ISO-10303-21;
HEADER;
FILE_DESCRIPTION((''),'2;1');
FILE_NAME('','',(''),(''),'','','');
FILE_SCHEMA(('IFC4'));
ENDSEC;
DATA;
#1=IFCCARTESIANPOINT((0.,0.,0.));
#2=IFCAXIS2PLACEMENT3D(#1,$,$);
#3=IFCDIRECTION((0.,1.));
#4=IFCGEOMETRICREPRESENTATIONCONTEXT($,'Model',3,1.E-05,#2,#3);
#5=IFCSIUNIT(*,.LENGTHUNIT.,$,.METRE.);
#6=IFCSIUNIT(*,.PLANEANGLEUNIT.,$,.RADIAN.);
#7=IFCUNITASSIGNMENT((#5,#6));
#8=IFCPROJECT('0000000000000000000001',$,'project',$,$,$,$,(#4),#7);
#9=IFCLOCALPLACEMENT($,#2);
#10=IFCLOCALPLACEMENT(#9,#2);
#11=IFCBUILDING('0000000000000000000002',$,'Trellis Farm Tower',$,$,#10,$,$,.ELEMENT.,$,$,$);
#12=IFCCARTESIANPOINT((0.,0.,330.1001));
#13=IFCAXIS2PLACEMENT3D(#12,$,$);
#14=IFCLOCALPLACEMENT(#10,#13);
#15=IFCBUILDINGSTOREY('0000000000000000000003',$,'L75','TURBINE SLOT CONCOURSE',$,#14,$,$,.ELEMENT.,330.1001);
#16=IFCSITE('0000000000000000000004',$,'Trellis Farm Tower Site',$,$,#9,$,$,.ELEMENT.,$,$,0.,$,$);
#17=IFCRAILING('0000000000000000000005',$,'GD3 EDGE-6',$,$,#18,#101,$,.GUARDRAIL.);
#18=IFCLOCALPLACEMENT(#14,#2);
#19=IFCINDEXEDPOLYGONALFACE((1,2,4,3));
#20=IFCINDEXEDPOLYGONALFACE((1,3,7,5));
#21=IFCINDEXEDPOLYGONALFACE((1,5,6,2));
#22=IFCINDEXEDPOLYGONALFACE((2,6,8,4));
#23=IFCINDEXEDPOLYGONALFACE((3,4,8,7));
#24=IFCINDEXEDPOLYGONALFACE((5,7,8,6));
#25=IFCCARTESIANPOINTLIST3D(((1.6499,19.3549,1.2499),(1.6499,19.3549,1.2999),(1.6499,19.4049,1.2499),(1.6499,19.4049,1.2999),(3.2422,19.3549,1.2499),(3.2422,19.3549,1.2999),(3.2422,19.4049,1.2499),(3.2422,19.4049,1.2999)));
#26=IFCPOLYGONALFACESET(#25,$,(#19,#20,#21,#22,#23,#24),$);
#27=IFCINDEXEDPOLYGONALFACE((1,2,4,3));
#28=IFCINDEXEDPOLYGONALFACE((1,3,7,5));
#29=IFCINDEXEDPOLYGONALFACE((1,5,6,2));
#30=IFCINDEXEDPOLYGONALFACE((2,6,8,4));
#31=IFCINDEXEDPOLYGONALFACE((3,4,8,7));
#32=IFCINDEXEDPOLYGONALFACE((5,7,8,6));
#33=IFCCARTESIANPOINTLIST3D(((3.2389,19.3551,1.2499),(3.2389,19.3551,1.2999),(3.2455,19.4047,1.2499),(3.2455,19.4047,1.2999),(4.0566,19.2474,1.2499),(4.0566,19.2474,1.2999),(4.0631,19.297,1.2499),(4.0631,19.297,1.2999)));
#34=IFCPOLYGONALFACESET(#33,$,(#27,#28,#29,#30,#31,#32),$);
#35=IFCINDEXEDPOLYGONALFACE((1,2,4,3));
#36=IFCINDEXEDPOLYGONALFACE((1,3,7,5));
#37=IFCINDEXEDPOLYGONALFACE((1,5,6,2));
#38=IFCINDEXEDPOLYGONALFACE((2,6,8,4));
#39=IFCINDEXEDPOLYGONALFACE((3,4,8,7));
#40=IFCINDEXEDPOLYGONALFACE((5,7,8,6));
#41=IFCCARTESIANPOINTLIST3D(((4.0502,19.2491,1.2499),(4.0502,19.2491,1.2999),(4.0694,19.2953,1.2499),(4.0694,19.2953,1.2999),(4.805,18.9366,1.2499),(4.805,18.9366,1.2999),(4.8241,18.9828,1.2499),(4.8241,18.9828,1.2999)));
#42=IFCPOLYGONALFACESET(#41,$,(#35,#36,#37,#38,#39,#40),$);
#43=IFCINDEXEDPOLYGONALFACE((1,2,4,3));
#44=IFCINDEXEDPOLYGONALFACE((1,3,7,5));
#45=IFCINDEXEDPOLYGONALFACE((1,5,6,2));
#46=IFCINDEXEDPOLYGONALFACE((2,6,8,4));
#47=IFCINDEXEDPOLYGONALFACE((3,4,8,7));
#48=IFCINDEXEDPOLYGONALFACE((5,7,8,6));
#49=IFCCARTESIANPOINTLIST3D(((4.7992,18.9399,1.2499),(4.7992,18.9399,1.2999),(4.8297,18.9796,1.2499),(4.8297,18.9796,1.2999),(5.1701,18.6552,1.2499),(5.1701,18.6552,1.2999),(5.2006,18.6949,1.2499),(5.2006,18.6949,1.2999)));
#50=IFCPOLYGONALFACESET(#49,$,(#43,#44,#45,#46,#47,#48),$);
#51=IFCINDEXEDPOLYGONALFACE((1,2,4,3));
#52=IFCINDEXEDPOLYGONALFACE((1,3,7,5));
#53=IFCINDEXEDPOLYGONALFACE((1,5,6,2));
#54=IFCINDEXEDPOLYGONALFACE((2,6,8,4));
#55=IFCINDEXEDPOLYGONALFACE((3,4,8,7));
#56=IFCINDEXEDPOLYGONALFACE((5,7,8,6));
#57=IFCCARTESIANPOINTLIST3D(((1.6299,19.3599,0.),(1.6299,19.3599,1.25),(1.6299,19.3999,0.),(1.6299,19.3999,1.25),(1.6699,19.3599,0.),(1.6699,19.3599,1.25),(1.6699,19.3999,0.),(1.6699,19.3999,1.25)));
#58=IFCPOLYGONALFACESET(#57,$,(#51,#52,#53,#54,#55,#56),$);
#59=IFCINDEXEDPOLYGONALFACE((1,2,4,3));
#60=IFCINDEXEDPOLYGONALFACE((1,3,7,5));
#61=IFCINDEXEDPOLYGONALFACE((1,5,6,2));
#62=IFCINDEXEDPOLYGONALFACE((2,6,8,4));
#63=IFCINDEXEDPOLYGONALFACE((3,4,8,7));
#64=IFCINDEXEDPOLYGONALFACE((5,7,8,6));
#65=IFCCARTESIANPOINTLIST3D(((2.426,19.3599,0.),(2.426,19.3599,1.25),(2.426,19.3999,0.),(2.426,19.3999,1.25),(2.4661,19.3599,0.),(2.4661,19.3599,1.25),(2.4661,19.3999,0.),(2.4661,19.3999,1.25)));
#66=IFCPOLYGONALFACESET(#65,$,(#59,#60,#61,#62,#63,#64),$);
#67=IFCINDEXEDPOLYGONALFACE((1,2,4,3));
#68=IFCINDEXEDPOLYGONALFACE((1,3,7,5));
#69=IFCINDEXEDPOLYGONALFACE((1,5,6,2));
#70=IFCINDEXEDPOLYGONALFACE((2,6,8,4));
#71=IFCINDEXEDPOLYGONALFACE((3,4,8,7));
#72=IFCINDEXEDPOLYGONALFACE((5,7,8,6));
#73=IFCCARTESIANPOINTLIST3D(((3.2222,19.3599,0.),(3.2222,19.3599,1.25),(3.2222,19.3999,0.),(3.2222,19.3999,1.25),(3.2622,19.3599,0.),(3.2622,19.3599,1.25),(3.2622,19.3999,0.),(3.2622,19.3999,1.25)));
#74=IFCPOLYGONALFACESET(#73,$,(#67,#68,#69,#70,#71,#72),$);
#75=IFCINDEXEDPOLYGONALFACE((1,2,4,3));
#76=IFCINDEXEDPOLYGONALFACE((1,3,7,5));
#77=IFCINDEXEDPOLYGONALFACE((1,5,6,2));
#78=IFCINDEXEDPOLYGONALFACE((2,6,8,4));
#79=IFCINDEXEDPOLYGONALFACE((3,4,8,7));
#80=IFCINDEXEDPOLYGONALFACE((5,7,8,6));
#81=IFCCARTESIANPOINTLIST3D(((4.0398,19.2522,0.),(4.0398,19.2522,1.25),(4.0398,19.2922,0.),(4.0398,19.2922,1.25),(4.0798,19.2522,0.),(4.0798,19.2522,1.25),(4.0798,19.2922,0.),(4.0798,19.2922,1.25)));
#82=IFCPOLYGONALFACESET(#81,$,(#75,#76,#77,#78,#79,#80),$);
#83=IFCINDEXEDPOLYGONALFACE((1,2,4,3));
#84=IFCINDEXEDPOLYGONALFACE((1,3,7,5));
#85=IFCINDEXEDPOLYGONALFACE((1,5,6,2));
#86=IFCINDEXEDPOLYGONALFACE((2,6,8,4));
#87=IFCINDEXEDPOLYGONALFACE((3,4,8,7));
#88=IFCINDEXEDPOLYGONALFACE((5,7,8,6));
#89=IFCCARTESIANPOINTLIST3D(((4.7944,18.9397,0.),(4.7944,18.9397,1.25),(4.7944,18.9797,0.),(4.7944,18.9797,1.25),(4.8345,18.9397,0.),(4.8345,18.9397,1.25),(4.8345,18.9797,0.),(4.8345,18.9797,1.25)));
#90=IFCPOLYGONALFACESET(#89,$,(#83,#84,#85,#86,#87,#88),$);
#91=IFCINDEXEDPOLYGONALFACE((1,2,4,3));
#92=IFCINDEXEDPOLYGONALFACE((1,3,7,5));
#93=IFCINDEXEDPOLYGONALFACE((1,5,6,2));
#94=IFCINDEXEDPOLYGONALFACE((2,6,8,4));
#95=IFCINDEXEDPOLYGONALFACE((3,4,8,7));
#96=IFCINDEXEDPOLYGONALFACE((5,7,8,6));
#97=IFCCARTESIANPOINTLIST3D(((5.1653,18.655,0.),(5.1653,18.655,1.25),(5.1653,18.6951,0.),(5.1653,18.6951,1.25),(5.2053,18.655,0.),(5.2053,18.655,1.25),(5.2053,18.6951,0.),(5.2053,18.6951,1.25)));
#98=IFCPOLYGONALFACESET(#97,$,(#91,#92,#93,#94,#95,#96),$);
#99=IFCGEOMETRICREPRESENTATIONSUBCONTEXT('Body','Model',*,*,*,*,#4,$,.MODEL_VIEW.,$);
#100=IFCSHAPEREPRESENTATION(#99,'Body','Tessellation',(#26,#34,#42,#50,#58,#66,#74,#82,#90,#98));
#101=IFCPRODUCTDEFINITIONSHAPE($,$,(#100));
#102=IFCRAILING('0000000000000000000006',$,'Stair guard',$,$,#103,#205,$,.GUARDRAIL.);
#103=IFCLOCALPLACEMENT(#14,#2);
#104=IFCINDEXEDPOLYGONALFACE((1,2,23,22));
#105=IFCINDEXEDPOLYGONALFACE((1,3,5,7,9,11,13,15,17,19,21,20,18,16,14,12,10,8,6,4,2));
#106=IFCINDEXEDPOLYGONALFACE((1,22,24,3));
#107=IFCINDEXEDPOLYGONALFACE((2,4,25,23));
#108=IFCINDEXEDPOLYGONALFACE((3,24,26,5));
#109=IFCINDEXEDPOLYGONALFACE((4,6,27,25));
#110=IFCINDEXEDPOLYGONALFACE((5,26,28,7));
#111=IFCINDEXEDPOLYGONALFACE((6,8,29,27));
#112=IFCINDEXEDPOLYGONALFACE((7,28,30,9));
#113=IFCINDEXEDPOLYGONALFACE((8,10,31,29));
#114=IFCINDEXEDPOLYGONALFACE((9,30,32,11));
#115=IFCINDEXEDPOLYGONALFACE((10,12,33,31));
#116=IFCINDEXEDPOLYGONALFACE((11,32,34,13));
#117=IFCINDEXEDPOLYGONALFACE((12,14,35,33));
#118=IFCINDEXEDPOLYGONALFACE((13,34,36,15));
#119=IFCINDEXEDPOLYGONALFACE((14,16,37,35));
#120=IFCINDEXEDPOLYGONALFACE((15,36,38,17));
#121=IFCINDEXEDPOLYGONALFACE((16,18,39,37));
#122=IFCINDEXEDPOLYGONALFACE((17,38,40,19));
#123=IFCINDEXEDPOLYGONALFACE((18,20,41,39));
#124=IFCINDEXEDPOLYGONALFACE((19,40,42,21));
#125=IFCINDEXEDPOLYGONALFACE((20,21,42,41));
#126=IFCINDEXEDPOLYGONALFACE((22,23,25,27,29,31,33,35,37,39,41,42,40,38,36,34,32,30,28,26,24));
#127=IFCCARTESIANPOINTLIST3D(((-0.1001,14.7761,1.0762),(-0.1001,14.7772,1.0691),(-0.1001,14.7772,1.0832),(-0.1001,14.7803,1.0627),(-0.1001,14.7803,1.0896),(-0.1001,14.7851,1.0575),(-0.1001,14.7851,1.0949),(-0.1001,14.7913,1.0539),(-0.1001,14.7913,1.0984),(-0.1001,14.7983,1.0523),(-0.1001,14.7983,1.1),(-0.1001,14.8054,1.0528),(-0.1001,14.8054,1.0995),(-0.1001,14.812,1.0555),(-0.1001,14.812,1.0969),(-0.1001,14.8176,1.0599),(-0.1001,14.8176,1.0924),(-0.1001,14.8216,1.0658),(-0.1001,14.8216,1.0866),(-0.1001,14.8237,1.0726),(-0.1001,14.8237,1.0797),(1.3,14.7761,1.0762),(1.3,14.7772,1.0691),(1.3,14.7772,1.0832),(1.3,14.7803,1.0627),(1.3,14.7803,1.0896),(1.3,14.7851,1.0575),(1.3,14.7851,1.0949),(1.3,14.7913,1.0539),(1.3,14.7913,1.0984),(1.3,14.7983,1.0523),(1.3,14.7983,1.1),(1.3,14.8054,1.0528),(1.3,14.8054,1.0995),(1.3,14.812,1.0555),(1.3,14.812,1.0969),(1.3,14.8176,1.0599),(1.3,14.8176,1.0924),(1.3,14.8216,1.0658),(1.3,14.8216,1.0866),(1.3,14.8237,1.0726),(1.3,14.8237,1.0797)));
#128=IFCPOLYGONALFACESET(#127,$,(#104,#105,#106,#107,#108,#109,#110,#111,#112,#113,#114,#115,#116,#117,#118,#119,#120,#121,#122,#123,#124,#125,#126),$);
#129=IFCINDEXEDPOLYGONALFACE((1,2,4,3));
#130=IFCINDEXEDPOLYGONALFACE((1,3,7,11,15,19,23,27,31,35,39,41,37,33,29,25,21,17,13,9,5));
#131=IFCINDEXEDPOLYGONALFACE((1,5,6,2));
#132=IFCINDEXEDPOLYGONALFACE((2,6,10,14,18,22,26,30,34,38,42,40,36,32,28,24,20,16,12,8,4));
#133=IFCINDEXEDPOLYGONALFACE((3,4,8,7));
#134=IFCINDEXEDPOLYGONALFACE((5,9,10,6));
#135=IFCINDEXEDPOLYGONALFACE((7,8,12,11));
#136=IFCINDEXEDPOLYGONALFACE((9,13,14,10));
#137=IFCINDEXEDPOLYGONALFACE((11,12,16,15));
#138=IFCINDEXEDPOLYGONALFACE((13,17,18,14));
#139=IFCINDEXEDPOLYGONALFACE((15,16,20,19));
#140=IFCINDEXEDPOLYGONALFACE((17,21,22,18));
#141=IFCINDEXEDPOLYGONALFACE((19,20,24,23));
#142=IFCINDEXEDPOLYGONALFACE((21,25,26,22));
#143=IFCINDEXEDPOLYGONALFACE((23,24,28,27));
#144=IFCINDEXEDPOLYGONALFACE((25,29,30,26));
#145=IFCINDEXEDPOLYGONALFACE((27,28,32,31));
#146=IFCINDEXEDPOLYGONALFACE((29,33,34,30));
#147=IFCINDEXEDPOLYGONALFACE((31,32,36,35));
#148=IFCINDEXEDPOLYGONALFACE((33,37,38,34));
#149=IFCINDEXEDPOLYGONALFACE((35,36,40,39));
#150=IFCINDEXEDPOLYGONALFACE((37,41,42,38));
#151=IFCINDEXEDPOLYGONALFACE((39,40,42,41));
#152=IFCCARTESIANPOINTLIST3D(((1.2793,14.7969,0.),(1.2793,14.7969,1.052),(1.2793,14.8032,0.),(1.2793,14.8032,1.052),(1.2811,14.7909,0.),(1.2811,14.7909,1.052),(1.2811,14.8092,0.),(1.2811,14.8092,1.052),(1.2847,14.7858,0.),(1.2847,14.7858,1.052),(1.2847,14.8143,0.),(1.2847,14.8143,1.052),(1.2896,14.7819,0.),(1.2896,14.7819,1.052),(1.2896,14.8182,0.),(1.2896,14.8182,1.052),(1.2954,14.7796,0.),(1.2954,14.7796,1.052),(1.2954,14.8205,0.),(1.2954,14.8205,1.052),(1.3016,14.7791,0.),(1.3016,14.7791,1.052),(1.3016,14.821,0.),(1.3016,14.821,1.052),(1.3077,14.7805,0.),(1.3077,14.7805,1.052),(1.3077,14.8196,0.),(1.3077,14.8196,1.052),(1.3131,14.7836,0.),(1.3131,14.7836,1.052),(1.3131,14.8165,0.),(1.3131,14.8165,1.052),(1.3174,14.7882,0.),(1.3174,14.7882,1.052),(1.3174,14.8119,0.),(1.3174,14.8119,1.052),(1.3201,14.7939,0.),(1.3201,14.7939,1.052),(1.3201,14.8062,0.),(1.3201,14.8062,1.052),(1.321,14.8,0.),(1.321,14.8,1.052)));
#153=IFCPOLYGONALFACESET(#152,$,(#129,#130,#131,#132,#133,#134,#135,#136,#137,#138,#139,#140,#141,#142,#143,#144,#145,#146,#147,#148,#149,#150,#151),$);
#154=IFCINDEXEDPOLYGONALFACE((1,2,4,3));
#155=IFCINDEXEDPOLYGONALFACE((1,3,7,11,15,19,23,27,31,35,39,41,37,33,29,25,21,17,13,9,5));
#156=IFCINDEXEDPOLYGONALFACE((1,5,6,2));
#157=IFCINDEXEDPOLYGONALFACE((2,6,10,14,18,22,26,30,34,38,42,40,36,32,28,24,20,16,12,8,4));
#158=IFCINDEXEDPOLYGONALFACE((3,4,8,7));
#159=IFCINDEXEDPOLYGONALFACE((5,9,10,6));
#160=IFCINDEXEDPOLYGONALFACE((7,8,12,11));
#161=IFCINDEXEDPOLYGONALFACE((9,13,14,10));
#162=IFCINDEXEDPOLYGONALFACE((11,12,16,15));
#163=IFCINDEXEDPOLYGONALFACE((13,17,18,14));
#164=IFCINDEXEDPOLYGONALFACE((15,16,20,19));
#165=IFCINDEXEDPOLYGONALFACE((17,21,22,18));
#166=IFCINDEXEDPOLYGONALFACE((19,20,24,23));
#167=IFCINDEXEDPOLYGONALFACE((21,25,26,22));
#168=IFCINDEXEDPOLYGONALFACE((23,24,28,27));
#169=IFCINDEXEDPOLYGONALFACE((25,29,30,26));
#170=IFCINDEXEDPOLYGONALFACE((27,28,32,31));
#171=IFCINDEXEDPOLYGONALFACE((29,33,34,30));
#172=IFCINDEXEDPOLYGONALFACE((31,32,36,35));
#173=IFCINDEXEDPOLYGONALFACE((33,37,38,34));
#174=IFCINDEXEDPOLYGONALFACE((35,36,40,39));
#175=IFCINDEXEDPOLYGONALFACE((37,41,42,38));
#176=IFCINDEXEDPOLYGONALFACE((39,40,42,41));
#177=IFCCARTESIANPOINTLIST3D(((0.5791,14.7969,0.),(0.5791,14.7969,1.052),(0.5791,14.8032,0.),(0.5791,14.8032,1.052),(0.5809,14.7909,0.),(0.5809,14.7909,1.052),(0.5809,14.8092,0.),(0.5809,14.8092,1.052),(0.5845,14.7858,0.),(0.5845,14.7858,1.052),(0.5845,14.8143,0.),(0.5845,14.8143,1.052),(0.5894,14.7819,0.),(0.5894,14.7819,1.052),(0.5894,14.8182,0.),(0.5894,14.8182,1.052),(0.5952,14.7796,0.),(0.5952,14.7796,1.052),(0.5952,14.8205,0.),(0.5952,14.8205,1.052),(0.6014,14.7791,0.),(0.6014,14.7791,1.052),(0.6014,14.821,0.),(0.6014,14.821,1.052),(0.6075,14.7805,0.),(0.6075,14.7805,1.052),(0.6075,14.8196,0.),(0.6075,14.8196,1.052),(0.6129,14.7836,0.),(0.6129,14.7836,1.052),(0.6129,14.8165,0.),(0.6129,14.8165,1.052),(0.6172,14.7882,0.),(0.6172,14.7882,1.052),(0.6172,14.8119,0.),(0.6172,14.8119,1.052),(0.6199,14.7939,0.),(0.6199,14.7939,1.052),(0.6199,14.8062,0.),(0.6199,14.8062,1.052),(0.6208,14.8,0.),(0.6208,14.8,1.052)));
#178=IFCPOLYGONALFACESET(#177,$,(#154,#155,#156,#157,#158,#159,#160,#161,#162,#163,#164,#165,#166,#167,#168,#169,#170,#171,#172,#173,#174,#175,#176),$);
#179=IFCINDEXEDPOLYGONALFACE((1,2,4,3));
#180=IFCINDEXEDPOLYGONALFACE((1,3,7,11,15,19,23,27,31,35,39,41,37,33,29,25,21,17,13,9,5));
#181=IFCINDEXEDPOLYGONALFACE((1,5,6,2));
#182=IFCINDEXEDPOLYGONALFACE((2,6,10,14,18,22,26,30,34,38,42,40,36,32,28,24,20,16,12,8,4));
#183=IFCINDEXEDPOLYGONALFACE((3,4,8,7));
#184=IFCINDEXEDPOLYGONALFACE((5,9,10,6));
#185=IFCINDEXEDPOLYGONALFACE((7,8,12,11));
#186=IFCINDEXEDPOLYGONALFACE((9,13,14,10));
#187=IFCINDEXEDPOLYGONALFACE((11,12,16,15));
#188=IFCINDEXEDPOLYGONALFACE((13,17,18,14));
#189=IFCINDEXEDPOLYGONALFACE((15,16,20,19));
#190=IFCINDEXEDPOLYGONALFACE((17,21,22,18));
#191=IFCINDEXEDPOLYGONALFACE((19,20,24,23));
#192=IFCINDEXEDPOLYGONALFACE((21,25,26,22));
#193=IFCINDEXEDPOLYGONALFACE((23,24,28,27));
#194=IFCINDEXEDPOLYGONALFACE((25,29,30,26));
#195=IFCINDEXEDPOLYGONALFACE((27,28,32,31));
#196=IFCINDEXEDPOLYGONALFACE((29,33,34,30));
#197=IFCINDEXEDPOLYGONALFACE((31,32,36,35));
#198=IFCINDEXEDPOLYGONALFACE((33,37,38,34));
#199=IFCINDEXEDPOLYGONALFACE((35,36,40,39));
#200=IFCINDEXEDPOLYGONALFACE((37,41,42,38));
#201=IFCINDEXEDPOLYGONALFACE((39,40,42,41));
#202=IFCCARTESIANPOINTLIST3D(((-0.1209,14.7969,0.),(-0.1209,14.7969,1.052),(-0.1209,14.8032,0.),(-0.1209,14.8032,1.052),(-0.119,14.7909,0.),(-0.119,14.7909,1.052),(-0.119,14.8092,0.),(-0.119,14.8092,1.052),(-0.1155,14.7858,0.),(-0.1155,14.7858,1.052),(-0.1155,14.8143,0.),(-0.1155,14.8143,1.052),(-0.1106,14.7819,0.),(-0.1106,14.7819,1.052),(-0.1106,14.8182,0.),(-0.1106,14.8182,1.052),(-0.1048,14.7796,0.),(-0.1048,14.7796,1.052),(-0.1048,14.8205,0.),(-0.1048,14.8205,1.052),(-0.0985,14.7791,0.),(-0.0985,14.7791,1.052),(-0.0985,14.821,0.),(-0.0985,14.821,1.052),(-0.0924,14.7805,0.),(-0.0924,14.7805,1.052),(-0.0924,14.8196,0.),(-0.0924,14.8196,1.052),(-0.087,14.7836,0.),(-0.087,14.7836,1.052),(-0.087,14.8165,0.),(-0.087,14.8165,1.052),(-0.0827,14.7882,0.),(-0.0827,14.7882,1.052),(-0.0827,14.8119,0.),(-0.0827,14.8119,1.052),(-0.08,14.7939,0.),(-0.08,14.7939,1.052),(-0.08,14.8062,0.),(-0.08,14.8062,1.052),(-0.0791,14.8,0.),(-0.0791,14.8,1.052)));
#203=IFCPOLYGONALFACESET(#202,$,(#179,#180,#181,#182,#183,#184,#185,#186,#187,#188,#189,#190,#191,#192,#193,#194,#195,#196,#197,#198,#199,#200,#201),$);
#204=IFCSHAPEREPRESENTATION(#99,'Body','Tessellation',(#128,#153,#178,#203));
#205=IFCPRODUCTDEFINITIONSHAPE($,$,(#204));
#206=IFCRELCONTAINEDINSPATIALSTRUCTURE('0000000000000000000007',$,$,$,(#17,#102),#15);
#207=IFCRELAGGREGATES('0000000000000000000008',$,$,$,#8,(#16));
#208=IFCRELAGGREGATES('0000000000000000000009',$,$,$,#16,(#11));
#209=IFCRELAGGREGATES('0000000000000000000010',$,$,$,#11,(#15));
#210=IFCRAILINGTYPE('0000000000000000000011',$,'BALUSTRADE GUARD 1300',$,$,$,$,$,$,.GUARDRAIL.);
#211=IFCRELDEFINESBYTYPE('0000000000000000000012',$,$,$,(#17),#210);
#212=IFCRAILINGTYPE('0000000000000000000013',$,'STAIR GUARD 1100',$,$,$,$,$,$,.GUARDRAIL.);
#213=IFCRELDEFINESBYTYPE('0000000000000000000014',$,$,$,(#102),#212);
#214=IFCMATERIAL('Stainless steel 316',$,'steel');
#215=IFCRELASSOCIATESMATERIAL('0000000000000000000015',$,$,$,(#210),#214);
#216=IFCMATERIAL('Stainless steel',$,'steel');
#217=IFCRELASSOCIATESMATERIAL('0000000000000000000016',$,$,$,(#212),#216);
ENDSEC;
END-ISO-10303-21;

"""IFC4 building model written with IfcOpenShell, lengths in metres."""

from ifc_helpers import new_model, si_unit, direction, frame, origin, origin_2d, place, context, subcontext, project, spatial, rectangle, circle, extrude, material, type_object, element, save


model = new_model("IFC4")

# Units and contexts
model_context = context("Model", 3, precision=1e-05, world=origin(), true_north=direction((0.0, 1.0)))
body_context = subcontext(model_context, "Body", "Model", "MODEL_VIEW")
ifc_project = project(units=[si_unit("LENGTHUNIT", "METRE"), si_unit("PLANEANGLEUNIT", "RADIAN")], contexts=[model_context])

# Site, building, storey
site_placement = place(None, origin())
site = spatial("IfcSite", under=ifc_project, at=site_placement, Name="Trellis Farm Tower Site", CompositionType="ELEMENT", RefElevation=0.0)
building_placement = place(site_placement, origin())
building = spatial("IfcBuilding", under=site, at=building_placement, Name="Trellis Farm Tower", CompositionType="ELEMENT")
storey_placement = place(building_placement, frame((0.0, 0.0, 330.1001)))
storey = spatial("IfcBuildingStorey", under=building, at=storey_placement, Name="L75", Description="TURBINE SLOT CONCOURSE", CompositionType="ELEMENT", Elevation=330.1001)

# Railings
ifc_material_1 = material(Name="Stainless steel 316", Category="steel")
railing_type_1 = type_object("IfcRailingType", Name="BALUSTRADE GUARD 1300", PredefinedType="GUARDRAIL", material=ifc_material_1)
railing_1_placement = place(storey_placement, frame((1.6499, 19.3799, 0.0)))
element("IfcRailing", 1, at=railing_1_placement, inside=storey, type_object=railing_type_1, Name="GD3 EDGE-6", PredefinedType="GUARDRAIL", context=body_context, shape_type="SweptSolid", body=[
    extrude(rectangle(XDim=0.05, YDim=0.05, at=origin_2d()), frame((0.0, 0.0, 1.2749), z_axis=(1.0, 0.0, 0.0), x_axis=(0.0, 1.0, 0.0)), (0.0, 0.0, 1.0), 1.5923),
    extrude(rectangle(XDim=0.05, YDim=0.05, at=origin_2d()), frame((1.5923, 0.0, 1.2749), z_axis=(0.991441, -0.130554, 0.0), x_axis=(0.130554, 0.991441, 0.0)), (0.0, 0.0, 1.0), 0.8247),
    extrude(rectangle(XDim=0.05, YDim=0.05, at=origin_2d()), frame((2.4099, -0.1077, 1.2749), z_axis=(0.923915, -0.382598, 0.0), x_axis=(0.382598, 0.923915, 0.0)), (0.0, 0.0, 1.0), 0.8169),
    extrude(rectangle(XDim=0.05, YDim=0.05, at=origin_2d()), frame((3.1646, -0.4202, 1.2749), z_axis=(0.793245, -0.608903, 0.0), x_axis=(0.608903, 0.793245, 0.0)), (0.0, 0.0, 1.0), 0.4675),
    extrude(rectangle(XDim=0.04, YDim=0.04, at=origin_2d()), origin(), (0.0, 0.0, 1.0), 1.25),
    extrude(rectangle(XDim=0.04, YDim=0.04, at=origin_2d()), frame((0.7961, 0.0, 0.0)), (0.0, 0.0, 1.0), 1.25),
    extrude(rectangle(XDim=0.04, YDim=0.04, at=origin_2d()), frame((1.5923, 0.0, 0.0)), (0.0, 0.0, 1.0), 1.25),
    extrude(rectangle(XDim=0.04, YDim=0.04, at=origin_2d()), frame((2.4099, -0.1077, 0.0)), (0.0, 0.0, 1.0), 1.25),
    extrude(rectangle(XDim=0.04, YDim=0.04, at=origin_2d()), frame((3.1646, -0.4202, 0.0)), (0.0, 0.0, 1.0), 1.25),
    extrude(rectangle(XDim=0.04, YDim=0.04, at=origin_2d()), frame((3.5354, -0.7048, 0.0)), (0.0, 0.0, 1.0), 1.25),
])
ifc_material_2 = material(Name="Stainless steel", Category="steel")
railing_type_2 = type_object("IfcRailingType", Name="STAIR GUARD 1100", PredefinedType="GUARDRAIL", material=ifc_material_2)
railing_2_placement = place(storey_placement, frame((1.3, 14.8, 0.0)))
element("IfcRailing", 2, at=railing_2_placement, inside=storey, type_object=railing_type_2, Name="Stair guard", PredefinedType="GUARDRAIL", context=body_context, shape_type="SweptSolid", body=[
    extrude(circle(Radius=0.0239, at=origin_2d()), frame((0.0, 0.0, 1.0762), z_axis=(-1.0, 0.0, 0.0), x_axis=(0.0, -1.0, 0.0)), (0.0, 0.0, 1.0), 1.4001),
    extrude(circle(Radius=0.021, at=origin_2d()), origin(), (0.0, 0.0, 1.0), 1.052),
    extrude(circle(Radius=0.021, at=origin_2d()), frame((-0.7002, 0.0, 0.0)), (0.0, 0.0, 1.0), 1.052),
    extrude(circle(Radius=0.021, at=origin_2d()), frame((-1.4001, 0.0, 0.0)), (0.0, 0.0, 1.0), 1.052),
])

save(model, "model.ifc")
